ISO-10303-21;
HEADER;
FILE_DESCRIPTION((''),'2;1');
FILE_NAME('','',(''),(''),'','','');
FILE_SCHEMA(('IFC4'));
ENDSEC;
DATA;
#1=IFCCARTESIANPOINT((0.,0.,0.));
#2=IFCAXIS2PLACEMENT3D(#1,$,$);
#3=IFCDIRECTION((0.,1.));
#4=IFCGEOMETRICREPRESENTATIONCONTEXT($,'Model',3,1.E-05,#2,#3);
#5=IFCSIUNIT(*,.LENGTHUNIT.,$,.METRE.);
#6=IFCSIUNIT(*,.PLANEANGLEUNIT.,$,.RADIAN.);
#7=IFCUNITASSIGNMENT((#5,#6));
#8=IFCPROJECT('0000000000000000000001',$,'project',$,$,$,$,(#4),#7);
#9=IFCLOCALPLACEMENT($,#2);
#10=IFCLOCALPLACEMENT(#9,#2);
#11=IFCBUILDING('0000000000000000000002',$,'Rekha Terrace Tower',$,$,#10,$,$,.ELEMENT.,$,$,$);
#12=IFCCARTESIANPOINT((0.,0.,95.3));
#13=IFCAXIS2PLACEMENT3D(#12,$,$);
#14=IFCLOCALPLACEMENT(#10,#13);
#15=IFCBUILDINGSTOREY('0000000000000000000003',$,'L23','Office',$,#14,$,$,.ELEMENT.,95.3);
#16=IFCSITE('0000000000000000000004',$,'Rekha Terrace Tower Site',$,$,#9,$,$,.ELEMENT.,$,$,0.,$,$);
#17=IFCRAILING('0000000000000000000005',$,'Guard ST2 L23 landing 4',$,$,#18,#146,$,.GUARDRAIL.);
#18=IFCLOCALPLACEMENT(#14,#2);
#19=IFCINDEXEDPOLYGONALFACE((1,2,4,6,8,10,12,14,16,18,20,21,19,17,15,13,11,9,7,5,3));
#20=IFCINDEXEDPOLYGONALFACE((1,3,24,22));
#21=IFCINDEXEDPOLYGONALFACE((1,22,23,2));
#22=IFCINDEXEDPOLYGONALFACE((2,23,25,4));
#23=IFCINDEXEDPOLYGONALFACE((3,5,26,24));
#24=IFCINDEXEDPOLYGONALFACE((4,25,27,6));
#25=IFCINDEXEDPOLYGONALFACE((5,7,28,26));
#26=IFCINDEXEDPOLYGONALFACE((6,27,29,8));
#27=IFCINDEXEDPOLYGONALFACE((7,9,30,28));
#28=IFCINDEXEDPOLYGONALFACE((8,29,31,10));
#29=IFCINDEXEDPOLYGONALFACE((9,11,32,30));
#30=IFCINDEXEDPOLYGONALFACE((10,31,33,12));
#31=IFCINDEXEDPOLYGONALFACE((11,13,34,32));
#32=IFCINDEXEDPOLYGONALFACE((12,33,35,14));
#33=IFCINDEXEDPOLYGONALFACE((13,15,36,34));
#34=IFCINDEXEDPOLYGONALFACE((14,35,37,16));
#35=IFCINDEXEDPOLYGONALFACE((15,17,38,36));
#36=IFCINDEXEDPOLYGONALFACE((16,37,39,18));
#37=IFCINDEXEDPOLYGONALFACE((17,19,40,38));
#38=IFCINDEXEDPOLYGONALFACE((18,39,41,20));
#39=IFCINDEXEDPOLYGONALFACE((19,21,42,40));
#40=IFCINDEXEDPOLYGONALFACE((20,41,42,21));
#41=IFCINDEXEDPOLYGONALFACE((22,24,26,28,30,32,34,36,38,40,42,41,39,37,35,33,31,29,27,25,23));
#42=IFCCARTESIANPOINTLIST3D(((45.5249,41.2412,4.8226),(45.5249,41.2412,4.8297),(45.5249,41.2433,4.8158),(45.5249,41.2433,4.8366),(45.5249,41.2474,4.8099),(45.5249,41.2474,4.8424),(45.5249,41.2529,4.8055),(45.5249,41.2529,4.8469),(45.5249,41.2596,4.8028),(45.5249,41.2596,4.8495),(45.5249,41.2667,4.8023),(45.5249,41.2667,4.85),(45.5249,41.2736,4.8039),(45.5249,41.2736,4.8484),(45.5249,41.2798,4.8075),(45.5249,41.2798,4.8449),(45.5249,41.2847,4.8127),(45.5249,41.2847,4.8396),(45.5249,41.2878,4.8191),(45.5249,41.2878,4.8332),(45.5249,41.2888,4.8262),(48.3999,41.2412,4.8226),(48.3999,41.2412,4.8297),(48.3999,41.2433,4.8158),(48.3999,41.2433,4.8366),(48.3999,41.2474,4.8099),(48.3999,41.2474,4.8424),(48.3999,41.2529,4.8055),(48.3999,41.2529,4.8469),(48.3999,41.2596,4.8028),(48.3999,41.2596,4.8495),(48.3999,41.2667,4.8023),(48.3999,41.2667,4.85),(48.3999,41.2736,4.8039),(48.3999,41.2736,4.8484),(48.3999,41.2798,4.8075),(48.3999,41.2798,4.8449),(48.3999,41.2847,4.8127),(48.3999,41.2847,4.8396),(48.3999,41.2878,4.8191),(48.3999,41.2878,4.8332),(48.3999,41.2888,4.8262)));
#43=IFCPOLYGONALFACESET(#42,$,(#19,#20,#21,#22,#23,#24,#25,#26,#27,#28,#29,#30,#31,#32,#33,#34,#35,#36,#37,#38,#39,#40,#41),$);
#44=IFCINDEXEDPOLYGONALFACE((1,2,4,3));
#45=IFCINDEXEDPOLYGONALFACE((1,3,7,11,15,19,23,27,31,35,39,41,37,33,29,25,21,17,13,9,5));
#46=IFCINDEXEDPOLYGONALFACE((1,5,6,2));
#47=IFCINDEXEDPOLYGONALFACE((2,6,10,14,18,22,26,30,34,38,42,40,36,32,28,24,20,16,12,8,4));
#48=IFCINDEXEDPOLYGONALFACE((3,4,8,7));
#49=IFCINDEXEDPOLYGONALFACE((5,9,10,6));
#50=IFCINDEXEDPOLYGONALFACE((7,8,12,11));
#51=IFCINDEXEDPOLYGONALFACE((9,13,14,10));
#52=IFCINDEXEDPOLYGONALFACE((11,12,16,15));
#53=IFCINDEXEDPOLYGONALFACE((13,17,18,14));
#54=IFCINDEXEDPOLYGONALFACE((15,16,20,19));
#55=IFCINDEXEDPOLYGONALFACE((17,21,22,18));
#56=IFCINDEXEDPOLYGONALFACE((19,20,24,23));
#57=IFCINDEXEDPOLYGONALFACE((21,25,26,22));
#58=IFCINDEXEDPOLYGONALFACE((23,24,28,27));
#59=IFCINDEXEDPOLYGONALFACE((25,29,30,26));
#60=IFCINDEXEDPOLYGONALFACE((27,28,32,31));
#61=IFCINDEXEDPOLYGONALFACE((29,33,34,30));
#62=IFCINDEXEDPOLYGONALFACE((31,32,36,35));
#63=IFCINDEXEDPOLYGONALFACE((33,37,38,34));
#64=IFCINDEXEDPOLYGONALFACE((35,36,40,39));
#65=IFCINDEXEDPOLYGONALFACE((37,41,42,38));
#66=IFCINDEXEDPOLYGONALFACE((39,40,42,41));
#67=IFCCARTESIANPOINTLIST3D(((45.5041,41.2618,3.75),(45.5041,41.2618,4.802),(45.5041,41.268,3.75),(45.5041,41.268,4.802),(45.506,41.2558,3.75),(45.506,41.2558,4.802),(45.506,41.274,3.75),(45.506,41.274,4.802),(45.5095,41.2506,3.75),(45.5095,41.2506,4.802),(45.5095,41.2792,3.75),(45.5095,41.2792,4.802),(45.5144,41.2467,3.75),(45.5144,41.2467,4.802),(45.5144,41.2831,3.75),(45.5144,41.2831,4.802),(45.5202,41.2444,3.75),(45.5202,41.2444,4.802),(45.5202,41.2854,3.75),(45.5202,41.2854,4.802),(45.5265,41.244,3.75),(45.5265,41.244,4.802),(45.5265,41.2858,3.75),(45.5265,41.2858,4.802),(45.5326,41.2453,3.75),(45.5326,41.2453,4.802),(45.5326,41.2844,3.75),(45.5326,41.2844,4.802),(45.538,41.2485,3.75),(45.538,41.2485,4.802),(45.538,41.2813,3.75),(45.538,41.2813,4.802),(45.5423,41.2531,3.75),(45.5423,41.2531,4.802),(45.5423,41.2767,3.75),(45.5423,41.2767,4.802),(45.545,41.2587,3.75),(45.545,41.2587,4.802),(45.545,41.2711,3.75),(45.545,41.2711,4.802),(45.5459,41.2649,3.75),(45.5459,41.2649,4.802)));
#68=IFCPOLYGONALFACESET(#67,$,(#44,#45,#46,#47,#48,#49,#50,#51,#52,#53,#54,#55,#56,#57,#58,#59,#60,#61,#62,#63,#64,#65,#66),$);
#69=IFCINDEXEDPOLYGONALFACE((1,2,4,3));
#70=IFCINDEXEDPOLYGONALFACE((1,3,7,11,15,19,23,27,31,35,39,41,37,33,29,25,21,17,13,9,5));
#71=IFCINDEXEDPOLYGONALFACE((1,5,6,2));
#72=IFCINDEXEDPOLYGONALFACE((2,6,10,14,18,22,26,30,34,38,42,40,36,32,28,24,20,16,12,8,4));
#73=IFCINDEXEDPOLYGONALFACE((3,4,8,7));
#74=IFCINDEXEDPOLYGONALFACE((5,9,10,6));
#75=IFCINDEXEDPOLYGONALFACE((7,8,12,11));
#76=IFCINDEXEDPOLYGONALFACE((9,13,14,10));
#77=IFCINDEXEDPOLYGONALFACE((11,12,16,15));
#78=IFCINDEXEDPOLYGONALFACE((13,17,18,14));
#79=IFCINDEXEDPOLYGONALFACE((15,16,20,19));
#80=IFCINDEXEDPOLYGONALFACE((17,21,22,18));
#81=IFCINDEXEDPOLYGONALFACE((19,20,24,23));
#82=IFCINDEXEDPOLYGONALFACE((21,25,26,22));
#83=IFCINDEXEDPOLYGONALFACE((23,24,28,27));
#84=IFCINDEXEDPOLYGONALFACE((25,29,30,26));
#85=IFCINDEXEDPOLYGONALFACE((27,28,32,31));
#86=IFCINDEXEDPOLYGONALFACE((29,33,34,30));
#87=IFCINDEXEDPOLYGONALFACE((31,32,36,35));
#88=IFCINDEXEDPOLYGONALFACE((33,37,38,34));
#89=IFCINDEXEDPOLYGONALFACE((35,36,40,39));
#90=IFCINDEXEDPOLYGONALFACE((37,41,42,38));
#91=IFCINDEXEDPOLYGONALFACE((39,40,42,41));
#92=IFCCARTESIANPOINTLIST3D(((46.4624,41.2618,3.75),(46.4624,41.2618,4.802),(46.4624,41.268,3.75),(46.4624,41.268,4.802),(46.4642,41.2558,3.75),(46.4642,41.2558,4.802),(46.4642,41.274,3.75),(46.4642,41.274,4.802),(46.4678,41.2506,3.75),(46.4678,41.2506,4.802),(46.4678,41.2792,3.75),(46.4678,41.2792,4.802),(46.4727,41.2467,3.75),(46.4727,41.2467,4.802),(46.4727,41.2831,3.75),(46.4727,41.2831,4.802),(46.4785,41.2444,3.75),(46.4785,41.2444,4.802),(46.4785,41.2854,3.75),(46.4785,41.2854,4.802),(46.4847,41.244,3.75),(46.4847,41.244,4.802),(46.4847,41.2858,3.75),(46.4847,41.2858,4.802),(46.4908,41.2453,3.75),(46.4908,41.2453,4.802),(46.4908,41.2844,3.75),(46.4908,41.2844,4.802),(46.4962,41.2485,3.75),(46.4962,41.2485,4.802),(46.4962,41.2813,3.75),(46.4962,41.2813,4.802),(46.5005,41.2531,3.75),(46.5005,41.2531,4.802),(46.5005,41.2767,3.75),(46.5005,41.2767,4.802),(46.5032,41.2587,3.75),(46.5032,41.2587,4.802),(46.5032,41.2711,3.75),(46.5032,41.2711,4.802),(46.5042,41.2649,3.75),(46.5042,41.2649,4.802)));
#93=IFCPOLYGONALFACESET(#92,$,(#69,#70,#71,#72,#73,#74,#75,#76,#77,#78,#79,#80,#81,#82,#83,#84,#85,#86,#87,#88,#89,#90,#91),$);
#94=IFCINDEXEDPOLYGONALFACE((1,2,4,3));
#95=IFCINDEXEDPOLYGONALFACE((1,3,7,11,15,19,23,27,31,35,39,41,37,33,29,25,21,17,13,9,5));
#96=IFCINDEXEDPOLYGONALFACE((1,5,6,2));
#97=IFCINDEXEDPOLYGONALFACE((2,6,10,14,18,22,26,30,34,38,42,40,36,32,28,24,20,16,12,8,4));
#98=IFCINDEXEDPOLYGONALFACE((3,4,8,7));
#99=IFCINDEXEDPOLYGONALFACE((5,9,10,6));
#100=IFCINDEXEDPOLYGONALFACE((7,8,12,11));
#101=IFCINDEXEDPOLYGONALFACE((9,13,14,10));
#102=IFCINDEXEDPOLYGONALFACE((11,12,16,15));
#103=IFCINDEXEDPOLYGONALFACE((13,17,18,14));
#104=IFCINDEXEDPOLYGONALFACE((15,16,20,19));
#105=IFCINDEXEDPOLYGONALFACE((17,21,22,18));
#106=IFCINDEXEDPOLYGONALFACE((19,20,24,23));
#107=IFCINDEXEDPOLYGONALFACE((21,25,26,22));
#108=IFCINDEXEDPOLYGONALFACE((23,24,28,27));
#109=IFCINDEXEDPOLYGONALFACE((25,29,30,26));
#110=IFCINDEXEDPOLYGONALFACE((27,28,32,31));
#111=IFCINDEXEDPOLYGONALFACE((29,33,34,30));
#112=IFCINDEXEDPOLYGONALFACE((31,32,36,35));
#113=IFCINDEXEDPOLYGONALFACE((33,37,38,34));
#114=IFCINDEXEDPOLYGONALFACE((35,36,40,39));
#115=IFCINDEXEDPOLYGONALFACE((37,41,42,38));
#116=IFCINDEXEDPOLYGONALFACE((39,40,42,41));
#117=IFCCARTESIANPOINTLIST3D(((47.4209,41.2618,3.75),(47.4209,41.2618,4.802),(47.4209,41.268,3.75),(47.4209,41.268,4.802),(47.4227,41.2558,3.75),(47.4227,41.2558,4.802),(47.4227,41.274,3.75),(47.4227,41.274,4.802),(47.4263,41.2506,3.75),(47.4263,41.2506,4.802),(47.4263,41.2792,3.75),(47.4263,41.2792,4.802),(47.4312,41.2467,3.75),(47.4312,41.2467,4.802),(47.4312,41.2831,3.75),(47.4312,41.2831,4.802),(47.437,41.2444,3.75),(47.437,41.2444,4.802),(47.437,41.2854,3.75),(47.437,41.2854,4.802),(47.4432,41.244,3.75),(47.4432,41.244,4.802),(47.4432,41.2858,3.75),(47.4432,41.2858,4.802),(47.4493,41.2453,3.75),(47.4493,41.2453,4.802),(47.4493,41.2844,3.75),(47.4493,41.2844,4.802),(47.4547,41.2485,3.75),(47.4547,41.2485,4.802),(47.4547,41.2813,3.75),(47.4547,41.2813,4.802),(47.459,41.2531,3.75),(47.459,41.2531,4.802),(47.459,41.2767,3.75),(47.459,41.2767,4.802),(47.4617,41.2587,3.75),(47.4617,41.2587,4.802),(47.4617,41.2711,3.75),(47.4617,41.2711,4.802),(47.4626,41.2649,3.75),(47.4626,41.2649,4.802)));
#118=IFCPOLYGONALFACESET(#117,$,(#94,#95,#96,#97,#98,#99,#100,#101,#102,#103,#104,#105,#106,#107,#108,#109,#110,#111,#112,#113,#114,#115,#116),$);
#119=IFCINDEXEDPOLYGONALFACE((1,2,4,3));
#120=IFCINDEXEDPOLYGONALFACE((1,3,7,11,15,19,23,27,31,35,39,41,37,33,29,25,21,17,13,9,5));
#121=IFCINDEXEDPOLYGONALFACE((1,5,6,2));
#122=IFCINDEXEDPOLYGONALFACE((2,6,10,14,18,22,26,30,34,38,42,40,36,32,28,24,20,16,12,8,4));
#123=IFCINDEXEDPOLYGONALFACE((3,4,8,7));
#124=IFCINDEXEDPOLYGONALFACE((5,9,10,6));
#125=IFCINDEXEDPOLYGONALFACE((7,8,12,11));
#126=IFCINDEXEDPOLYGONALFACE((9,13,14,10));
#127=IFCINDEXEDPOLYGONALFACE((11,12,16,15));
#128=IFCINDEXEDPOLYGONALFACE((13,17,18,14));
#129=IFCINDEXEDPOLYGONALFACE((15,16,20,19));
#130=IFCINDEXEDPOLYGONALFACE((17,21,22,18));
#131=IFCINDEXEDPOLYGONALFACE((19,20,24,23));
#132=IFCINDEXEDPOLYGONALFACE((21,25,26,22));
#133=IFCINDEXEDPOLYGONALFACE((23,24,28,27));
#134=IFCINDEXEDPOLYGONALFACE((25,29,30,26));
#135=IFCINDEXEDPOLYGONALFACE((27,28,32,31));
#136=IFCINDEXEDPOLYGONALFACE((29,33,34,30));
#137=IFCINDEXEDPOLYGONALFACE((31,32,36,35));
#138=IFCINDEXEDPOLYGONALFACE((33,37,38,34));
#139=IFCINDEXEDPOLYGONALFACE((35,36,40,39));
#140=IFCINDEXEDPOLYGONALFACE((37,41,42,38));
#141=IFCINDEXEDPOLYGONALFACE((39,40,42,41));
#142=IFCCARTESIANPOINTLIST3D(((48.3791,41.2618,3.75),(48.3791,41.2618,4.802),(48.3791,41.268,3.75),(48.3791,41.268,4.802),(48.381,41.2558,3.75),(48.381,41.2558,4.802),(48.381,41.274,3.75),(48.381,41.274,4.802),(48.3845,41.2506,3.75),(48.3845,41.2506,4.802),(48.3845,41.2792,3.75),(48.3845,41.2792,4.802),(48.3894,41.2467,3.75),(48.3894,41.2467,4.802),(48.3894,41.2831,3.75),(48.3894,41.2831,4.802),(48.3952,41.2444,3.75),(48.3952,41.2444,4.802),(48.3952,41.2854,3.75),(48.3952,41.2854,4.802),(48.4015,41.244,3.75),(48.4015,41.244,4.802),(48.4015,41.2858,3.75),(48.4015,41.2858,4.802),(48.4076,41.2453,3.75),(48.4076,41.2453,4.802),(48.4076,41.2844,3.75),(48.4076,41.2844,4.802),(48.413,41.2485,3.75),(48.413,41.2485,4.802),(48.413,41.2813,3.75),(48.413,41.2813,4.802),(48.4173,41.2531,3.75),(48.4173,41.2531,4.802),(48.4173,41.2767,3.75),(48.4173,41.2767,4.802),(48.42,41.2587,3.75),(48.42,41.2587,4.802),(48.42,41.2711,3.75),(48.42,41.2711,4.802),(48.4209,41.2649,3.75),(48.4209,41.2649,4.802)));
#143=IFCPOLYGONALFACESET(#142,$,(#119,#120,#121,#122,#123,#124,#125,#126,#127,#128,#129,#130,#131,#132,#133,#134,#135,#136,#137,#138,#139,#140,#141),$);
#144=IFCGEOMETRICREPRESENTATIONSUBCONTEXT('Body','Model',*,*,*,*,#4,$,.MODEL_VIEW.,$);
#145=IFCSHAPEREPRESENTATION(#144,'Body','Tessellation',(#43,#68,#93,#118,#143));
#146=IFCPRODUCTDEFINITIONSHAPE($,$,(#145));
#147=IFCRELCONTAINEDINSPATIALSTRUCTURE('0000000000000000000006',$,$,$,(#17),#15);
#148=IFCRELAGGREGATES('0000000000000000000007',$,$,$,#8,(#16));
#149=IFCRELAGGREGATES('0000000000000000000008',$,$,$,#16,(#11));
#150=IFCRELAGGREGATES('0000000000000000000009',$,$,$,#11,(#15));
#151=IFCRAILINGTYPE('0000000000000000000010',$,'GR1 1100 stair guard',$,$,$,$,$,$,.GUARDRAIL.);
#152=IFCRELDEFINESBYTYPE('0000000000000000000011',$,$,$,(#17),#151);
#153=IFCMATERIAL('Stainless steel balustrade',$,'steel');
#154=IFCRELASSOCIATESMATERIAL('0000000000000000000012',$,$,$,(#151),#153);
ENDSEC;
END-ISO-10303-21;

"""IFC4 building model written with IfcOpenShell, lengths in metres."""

from ifc_helpers import new_model, si_unit, direction, frame, origin, origin_2d, place, context, subcontext, project, spatial, circle, extrude, material, type_object, element, save


model = new_model("IFC4")

# Units and contexts
model_context = context("Model", 3, precision=1e-05, world=origin(), true_north=direction((0.0, 1.0)))
body_context = subcontext(model_context, "Body", "Model", "MODEL_VIEW")
ifc_project = project(units=[si_unit("LENGTHUNIT", "METRE"), si_unit("PLANEANGLEUNIT", "RADIAN")], contexts=[model_context])

# Site, building, storey
site_placement = place(None, origin())
site = spatial("IfcSite", under=ifc_project, at=site_placement, Name="Rekha Terrace Tower Site", CompositionType="ELEMENT", RefElevation=0.0)
building_placement = place(site_placement, origin())
building = spatial("IfcBuilding", under=site, at=building_placement, Name="Rekha Terrace Tower", CompositionType="ELEMENT")
storey_placement = place(building_placement, frame((0.0, 0.0, 95.3)))
storey = spatial("IfcBuildingStorey", under=building, at=storey_placement, Name="L23", Description="Office", CompositionType="ELEMENT", Elevation=95.3)

# Railing
ifc_material_1 = material(Name="Stainless steel balustrade", Category="steel")
railing_type_1 = type_object("IfcRailingType", Name="GR1 1100 stair guard", PredefinedType="GUARDRAIL", material=ifc_material_1)
railing_1_placement = place(storey_placement, frame((45.5249, 41.2649, 3.75)))
element("IfcRailing", 1, at=railing_1_placement, inside=storey, type_object=railing_type_1, Name="Guard ST2 L23 landing 4", PredefinedType="GUARDRAIL", context=body_context, shape_type="SweptSolid", body=[
    extrude(circle(Radius=0.0239, at=origin_2d()), frame((0.0, 0.0, 1.0762), z_axis=(1.0, 0.0, 0.0), x_axis=(0.0, 1.0, 0.0)), (0.0, 0.0, 1.0), 2.875),
    extrude(circle(Radius=0.021, at=origin_2d()), origin(), (0.0, 0.0, 1.0), 1.052),
    extrude(circle(Radius=0.021, at=origin_2d()), frame((0.9583, 0.0, 0.0)), (0.0, 0.0, 1.0), 1.052),
    extrude(circle(Radius=0.021, at=origin_2d()), frame((1.9167, 0.0, 0.0)), (0.0, 0.0, 1.0), 1.052),
    extrude(circle(Radius=0.021, at=origin_2d()), frame((2.875, 0.0, 0.0)), (0.0, 0.0, 1.0), 1.052),
])

save(model, "model.ifc")
